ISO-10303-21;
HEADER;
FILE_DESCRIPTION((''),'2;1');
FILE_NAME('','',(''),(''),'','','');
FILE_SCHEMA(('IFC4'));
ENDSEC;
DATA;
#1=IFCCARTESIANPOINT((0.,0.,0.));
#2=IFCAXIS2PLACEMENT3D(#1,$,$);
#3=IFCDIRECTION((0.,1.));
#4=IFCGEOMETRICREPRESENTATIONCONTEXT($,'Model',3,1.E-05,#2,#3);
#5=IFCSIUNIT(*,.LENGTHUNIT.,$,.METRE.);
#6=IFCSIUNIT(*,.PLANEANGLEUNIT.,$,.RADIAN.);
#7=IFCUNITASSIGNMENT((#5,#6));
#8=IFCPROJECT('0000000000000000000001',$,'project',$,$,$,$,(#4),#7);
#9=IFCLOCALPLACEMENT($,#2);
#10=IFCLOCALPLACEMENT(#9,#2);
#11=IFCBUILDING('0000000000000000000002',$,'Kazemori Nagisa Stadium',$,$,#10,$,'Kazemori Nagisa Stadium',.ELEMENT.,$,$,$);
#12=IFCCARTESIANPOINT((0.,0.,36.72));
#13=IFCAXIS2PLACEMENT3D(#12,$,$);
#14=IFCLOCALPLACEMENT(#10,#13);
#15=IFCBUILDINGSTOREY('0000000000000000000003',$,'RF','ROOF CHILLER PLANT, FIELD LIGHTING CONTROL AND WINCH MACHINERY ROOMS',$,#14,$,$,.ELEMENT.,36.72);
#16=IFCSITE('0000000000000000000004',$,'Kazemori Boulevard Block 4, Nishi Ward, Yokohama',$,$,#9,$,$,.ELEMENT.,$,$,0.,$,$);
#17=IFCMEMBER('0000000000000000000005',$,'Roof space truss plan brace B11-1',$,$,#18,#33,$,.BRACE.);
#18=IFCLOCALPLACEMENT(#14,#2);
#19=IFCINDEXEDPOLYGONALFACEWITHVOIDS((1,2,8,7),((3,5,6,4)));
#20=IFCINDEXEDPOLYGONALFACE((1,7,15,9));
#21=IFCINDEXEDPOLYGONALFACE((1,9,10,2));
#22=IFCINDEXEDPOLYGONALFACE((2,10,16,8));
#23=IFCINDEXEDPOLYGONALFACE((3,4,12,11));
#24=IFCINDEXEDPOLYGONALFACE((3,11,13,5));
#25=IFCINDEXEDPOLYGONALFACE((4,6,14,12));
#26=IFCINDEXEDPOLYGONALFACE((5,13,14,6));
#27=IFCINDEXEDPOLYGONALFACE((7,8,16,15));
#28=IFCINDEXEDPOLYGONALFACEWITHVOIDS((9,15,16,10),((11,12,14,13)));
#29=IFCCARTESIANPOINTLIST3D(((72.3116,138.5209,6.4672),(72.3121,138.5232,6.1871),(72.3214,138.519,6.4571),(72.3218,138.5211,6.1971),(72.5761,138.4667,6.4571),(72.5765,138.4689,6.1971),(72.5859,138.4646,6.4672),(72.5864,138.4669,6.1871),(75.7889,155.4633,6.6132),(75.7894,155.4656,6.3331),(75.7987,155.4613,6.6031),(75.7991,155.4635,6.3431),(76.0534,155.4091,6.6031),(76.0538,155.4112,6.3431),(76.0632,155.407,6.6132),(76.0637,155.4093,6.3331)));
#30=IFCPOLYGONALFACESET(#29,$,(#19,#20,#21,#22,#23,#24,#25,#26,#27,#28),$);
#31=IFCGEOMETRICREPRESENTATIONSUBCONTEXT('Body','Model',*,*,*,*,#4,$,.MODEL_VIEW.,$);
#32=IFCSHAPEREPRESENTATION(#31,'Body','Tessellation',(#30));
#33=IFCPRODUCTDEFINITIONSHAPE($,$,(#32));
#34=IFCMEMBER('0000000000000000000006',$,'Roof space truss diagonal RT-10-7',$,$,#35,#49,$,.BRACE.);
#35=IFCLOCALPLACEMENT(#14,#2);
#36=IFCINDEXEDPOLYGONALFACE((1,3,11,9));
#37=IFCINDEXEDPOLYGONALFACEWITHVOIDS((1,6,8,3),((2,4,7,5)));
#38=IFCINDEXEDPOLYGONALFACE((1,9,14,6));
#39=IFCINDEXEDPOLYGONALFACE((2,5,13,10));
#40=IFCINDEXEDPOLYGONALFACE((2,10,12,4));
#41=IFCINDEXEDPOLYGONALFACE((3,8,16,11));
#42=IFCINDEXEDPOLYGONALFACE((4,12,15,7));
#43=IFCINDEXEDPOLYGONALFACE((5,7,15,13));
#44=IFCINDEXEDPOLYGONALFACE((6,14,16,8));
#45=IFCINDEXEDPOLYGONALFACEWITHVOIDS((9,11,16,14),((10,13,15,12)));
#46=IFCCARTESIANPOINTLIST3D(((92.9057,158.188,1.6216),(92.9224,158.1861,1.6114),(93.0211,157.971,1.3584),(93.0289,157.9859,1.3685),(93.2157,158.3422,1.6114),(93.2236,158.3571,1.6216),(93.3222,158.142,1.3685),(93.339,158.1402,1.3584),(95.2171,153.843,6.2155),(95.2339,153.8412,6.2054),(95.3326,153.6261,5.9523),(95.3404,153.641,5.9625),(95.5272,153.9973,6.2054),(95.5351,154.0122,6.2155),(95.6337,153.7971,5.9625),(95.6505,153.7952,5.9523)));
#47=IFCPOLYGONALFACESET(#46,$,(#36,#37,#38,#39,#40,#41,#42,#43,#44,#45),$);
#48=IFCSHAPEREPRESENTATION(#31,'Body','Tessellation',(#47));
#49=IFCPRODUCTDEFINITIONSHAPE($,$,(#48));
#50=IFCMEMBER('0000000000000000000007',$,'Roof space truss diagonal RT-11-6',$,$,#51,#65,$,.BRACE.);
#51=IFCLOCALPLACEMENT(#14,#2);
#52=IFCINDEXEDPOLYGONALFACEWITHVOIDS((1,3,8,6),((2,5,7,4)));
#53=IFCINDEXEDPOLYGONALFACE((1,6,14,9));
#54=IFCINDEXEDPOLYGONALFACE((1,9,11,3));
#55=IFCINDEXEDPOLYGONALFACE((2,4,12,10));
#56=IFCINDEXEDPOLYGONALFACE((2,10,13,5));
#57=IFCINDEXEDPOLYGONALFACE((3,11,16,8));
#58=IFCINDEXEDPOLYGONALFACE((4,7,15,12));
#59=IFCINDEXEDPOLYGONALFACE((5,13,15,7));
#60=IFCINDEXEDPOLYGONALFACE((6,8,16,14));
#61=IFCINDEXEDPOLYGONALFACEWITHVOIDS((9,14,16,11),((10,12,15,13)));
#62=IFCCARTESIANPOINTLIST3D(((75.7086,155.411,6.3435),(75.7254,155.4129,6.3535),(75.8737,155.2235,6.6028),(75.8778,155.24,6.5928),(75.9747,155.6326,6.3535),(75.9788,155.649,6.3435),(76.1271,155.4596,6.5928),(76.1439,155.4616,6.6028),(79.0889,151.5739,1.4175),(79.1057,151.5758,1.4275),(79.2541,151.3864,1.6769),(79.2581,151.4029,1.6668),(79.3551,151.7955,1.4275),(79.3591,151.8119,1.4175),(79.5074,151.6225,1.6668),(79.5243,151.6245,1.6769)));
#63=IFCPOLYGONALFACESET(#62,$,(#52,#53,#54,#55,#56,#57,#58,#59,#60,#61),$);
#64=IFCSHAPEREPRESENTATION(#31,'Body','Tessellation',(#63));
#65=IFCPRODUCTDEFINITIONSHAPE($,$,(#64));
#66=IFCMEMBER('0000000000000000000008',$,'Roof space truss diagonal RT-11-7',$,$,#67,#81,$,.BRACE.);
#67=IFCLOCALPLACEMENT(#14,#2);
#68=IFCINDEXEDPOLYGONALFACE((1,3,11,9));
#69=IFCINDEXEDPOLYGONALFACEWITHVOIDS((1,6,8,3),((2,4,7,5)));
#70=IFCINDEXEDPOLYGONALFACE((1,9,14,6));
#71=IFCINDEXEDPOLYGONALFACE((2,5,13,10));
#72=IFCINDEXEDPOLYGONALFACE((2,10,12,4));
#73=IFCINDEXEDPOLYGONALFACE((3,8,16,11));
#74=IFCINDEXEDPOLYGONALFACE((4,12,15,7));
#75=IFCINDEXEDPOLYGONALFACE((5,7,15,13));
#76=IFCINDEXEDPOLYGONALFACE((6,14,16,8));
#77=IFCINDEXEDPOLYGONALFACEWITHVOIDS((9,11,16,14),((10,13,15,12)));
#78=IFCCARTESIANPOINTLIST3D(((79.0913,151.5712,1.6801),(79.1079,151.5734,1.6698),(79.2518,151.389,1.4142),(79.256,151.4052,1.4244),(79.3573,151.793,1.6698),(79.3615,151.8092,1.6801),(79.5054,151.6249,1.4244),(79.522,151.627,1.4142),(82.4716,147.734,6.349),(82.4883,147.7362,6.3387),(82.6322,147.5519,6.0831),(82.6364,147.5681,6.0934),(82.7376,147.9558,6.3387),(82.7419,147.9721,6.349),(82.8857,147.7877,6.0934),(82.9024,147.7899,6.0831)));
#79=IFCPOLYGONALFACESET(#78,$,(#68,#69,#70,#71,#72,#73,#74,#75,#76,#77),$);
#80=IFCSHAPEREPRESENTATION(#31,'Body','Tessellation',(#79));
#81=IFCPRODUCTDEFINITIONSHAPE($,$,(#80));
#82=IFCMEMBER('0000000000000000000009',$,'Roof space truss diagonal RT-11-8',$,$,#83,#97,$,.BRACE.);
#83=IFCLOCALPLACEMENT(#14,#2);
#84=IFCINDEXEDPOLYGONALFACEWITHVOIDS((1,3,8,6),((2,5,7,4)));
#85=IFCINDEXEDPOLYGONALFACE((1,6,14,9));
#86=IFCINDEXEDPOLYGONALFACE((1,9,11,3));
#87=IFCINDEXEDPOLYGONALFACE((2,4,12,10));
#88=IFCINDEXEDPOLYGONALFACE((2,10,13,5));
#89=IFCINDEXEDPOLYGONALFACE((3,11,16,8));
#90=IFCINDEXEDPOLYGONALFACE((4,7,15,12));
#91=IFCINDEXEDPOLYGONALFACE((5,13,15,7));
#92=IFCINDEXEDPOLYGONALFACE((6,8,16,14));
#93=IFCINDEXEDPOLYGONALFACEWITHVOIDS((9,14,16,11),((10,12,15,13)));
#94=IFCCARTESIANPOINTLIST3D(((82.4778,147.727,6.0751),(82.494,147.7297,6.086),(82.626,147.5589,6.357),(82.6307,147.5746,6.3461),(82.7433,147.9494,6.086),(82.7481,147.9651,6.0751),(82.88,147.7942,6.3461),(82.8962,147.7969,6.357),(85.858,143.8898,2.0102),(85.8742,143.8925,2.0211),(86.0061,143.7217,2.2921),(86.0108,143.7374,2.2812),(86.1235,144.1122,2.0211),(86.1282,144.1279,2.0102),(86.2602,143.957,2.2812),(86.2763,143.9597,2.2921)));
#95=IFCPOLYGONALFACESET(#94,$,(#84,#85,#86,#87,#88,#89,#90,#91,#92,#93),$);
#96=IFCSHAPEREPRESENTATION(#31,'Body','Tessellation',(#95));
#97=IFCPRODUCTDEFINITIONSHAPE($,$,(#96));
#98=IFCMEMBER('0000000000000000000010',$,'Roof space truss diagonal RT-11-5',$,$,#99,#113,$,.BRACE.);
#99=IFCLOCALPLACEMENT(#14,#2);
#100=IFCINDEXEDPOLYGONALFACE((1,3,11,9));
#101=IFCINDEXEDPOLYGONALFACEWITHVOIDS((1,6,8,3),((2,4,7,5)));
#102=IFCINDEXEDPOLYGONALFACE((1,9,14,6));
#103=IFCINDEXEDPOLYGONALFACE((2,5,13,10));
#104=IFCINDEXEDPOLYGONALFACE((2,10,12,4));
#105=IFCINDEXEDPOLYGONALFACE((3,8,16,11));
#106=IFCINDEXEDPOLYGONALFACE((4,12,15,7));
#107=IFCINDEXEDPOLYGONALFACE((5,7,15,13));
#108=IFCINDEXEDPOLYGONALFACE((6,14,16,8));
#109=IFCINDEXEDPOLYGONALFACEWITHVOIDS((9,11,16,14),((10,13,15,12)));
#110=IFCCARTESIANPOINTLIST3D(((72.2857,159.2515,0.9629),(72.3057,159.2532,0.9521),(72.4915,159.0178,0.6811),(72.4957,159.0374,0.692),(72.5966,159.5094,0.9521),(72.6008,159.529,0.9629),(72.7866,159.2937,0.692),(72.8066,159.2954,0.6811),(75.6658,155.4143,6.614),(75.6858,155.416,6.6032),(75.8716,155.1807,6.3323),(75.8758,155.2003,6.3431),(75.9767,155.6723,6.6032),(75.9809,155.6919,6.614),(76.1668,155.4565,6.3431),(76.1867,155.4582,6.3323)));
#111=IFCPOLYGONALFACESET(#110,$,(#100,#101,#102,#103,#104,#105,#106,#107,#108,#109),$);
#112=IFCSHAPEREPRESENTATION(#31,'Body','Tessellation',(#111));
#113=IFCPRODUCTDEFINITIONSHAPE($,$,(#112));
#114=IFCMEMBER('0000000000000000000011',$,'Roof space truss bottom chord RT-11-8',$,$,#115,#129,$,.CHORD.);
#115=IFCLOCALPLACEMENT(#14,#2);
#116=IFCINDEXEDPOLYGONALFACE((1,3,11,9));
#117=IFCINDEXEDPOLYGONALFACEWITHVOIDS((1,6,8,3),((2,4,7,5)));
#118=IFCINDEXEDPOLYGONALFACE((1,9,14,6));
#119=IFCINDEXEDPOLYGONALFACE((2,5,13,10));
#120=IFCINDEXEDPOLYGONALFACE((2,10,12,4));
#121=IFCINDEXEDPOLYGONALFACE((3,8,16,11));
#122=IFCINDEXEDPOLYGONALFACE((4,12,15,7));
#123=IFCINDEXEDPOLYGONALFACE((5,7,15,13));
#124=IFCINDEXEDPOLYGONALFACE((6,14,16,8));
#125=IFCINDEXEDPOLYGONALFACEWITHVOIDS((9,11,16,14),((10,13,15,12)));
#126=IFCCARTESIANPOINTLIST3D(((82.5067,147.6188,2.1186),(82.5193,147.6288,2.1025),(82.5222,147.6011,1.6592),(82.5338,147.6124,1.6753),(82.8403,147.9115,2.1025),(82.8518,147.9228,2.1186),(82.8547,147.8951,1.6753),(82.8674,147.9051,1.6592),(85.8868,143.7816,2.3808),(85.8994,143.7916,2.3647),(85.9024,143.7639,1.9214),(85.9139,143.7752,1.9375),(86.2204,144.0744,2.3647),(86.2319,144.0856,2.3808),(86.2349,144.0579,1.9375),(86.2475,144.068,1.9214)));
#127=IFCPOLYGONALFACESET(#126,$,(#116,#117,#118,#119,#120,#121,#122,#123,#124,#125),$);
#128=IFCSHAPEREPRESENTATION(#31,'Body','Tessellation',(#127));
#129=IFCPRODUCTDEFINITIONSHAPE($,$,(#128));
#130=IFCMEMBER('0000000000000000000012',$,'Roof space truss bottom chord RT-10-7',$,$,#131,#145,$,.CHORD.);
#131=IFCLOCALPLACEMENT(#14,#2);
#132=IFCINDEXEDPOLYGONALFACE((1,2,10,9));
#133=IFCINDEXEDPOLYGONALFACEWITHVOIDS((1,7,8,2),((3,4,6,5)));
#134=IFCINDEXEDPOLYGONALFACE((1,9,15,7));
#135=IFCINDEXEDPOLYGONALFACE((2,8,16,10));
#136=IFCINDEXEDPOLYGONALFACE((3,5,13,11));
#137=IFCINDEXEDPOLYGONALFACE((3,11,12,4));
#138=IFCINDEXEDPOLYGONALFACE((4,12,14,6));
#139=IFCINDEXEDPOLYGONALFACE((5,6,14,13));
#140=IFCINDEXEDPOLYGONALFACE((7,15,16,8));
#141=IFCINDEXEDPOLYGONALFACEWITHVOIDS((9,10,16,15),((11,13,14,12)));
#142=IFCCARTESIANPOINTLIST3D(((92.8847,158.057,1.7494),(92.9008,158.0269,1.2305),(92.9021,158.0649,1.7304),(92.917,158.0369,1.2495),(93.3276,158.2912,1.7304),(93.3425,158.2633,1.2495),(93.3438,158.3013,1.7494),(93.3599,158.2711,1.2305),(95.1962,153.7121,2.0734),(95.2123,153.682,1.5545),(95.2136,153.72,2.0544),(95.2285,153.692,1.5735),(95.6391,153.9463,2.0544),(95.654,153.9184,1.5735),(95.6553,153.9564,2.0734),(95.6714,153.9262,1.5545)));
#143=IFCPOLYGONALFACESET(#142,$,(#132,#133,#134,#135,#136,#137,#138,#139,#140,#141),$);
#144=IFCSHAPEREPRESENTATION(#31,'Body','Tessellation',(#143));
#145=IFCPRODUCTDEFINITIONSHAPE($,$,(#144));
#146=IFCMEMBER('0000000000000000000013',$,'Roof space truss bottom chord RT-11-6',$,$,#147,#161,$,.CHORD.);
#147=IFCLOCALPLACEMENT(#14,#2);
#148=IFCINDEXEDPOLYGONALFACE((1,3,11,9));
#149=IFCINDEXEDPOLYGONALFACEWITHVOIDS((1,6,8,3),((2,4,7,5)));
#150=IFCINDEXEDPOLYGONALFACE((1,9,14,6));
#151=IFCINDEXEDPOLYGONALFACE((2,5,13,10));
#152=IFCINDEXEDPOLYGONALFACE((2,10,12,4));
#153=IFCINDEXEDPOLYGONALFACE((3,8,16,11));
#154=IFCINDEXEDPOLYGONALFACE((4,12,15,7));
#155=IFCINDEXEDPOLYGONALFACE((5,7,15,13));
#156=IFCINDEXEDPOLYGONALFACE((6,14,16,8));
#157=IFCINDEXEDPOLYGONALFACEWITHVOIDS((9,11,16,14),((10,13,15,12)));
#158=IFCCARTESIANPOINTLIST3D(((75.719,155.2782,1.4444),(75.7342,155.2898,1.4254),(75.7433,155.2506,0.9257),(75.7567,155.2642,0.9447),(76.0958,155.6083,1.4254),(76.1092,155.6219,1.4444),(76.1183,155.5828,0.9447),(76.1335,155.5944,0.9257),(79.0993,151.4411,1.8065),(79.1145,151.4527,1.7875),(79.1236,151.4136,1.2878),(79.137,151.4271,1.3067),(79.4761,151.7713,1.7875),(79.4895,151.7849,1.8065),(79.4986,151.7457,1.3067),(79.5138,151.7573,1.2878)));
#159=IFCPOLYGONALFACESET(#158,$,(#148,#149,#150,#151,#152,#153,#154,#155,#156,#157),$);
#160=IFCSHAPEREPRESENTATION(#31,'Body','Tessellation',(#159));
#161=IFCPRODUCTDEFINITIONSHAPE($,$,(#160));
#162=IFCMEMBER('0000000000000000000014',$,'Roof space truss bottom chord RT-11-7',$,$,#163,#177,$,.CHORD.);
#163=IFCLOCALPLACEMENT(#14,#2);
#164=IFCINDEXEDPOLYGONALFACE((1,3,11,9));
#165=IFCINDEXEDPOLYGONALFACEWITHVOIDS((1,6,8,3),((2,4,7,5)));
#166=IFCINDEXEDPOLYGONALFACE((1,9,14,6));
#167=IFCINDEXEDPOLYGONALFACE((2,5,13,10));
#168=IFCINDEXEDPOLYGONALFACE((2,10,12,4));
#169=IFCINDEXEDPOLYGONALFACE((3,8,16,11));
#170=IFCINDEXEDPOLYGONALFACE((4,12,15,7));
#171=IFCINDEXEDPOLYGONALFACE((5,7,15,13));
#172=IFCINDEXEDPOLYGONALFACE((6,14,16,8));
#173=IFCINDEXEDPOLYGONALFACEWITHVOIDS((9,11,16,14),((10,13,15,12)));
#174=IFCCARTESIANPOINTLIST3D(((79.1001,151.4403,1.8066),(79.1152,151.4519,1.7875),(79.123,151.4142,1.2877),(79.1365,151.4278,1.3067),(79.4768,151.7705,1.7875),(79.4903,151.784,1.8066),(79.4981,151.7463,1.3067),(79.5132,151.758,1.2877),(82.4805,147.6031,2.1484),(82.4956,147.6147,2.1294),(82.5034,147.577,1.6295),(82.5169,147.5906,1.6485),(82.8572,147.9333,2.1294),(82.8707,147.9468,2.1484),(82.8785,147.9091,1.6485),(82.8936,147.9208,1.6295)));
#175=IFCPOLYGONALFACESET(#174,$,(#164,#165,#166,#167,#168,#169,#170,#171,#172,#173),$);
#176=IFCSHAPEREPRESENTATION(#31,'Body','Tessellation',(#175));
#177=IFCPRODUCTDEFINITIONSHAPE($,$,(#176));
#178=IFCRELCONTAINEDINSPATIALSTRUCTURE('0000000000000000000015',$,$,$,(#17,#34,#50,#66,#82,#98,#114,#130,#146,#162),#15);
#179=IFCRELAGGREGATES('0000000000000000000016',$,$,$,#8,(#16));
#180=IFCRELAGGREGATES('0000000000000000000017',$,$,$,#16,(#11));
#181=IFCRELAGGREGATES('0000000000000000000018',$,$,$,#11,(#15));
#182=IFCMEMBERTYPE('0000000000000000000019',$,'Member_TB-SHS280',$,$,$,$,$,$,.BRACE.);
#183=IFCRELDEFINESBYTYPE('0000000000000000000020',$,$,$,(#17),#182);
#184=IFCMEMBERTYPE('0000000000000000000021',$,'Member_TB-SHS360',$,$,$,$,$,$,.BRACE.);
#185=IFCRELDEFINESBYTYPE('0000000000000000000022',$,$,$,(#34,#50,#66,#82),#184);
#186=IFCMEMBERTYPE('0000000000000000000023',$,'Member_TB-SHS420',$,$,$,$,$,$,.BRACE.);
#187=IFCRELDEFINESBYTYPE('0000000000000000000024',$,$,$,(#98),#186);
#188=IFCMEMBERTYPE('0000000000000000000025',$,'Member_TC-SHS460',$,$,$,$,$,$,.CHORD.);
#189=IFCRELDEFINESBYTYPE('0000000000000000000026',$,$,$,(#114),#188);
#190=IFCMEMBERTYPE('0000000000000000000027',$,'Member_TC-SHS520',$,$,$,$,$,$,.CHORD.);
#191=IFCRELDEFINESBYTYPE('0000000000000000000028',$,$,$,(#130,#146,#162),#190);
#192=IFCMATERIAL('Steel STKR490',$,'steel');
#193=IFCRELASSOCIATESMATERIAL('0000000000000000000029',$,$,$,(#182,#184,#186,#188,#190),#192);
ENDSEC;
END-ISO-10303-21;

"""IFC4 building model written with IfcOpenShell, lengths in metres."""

from ifc_helpers import new_model, si_unit, direction, frame, origin, origin_2d, place, context, subcontext, project, spatial, hollow_rectangle, extrude, material, material_profile, profile_set, type_object, element, save


model = new_model("IFC4")

# Units and contexts
model_context = context("Model", 3, precision=1e-05, world=origin(), true_north=direction((0.0, 1.0)))
body_context = subcontext(model_context, "Body", "Model", "MODEL_VIEW")
ifc_project = project(units=[si_unit("LENGTHUNIT", "METRE"), si_unit("PLANEANGLEUNIT", "RADIAN")], contexts=[model_context])

# Site, building, storey
site_placement = place(None, origin())
site = spatial("IfcSite", under=ifc_project, at=site_placement, Name="Kazemori Boulevard Block 4, Nishi Ward, Yokohama", CompositionType="ELEMENT", RefElevation=0.0)
building_placement = place(site_placement, origin())
building = spatial("IfcBuilding", under=site, at=building_placement, Name="Kazemori Nagisa Stadium", LongName="Kazemori Nagisa Stadium", CompositionType="ELEMENT")
storey_placement = place(building_placement, frame((0.0, 0.0, 36.72)))
storey = spatial("IfcBuildingStorey", under=building, at=storey_placement, Name="RF", Description="ROOF CHILLER PLANT, FIELD LIGHTING CONTROL AND WINCH MACHINERY ROOMS", CompositionType="ELEMENT", Elevation=36.72)

# Members
ifc_material_1 = material(Name="Steel STKR490", Category="steel")
ifc_material_profile_1 = material_profile(ifc_material_1, hollow_rectangle(XDim=0.28, YDim=0.28, WallThickness=0.01, at=origin_2d()), Name="SHS-280x280x10")
ifc_profile_set_1 = profile_set([ifc_material_profile_1], Name="Steel STKR490")
member_type_1 = type_object("IfcMemberType", Name="Member_TB-SHS280", PredefinedType="BRACE", material=ifc_profile_set_1)
member_1_placement = place(storey_placement, frame((75.9263, 155.4363, 6.4731), z_axis=(-0.201044, -0.979546, -0.008441), x_axis=(0.979581, -0.201051, 0.0)))
element("IfcMember", 1, at=member_1_placement, inside=storey, type_object=member_type_1, Name="Roof space truss plan brace B11-1", PredefinedType="BRACE", context=body_context, shape_type="SweptSolid", body=[
    extrude(hollow_rectangle(XDim=0.28, YDim=0.28, WallThickness=0.01, at=origin_2d()), origin(), (0.0, 0.0, 1.0), 17.2961),
])
ifc_material_profile_2 = material_profile(ifc_material_1, hollow_rectangle(XDim=0.3601, YDim=0.3601, WallThickness=0.0139, at=origin_2d()), Name="SHS-360x360x14")
ifc_profile_set_2 = profile_set([ifc_material_profile_2], Name="Steel STKR490")
member_type_2 = type_object("IfcMemberType", Name="Member_TB-SHS360", PredefinedType="BRACE", material=ifc_profile_set_2)
member_2_placement = place(storey_placement, frame((93.1223, 158.1641, 1.49), z_axis=(0.343338, -0.645372, 0.68236), x_axis=(0.882841, 0.469671, 0.0)))
element("IfcMember", 2, at=member_2_placement, inside=storey, type_object=member_type_2, Name="Roof space truss diagonal RT-10-7", PredefinedType="BRACE", context=body_context, shape_type="SweptSolid", body=[
    extrude(hollow_rectangle(XDim=0.3601, YDim=0.3601, WallThickness=0.0139, at=origin_2d()), origin(), (0.0, 0.0, 1.0), 6.7324),
])
member_3_placement = place(storey_placement, frame((75.9263, 155.4363, 6.4731), z_axis=(0.476078, -0.54041, -0.693762), x_axis=(0.750357, 0.661032, 0.0)))
element("IfcMember", 3, at=member_3_placement, inside=storey, type_object=member_type_2, Name="Roof space truss diagonal RT-11-6", PredefinedType="BRACE", context=body_context, shape_type="SweptSolid", body=[
    extrude(hollow_rectangle(XDim=0.3601, YDim=0.3601, WallThickness=0.0139, at=origin_2d()), origin(), (0.0, 0.0, 1.0), 7.1003),
])
member_4_placement = place(storey_placement, frame((79.3066, 151.5991, 1.5471), z_axis=(0.48817, -0.554136, 0.674257), x_axis=(0.750357, 0.661032, 0.0)))
element("IfcMember", 4, at=member_4_placement, inside=storey, type_object=member_type_2, Name="Roof space truss diagonal RT-11-7", PredefinedType="BRACE", context=body_context, shape_type="SweptSolid", body=[
    extrude(hollow_rectangle(XDim=0.3601, YDim=0.3601, WallThickness=0.0139, at=origin_2d()), origin(), (0.0, 0.0, 1.0), 6.9246),
])
member_5_placement = place(storey_placement, frame((82.687, 147.762, 6.2161), z_axis=(0.517437, -0.5874, -0.62227), x_axis=(0.750381, 0.661006, 0.0)))
element("IfcMember", 5, at=member_5_placement, inside=storey, type_object=member_type_2, Name="Roof space truss diagonal RT-11-8", PredefinedType="BRACE", context=body_context, shape_type="SweptSolid", body=[
    extrude(hollow_rectangle(XDim=0.3601, YDim=0.3601, WallThickness=0.0139, at=origin_2d()), origin(), (0.0, 0.0, 1.0), 6.5325),
])
ifc_material_profile_3 = material_profile(ifc_material_1, hollow_rectangle(XDim=0.4199, YDim=0.4199, WallThickness=0.0161, at=origin_2d()), Name="SHS-420x420x16")
ifc_profile_set_3 = profile_set([ifc_material_profile_3], Name="Steel STKR490")
member_type_3 = type_object("IfcMemberType", Name="Member_TB-SHS420", PredefinedType="BRACE", material=ifc_profile_set_3)
member_6_placement = place(storey_placement, frame((72.5461, 159.2734, 0.822), z_axis=(0.44351, -0.503478, 0.741491), x_axis=(0.750381, 0.661006, 0.0)))
element("IfcMember", 6, at=member_6_placement, inside=storey, type_object=member_type_3, Name="Roof space truss diagonal RT-11-5", PredefinedType="BRACE", context=body_context, shape_type="SweptSolid", body=[
    extrude(hollow_rectangle(XDim=0.4199, YDim=0.4199, WallThickness=0.0161, at=origin_2d()), origin(), (0.0, 0.0, 1.0), 7.6213),
])
ifc_material_profile_4 = material_profile(ifc_material_1, hollow_rectangle(XDim=0.46, YDim=0.46, WallThickness=0.0161, at=origin_2d()), Name="SHS-460x460x16")
ifc_profile_set_4 = profile_set([ifc_material_profile_4], Name="Steel STKR490")
member_type_4 = type_object("IfcMemberType", Name="Member_TC-SHS460", PredefinedType="CHORD", material=ifc_profile_set_4)
member_7_placement = place(storey_placement, frame((82.687, 147.762, 1.8889), z_axis=(0.660138, -0.749396, 0.051209), x_axis=(0.750381, 0.661006, 0.0)))
element("IfcMember", 7, at=member_7_placement, inside=storey, type_object=member_type_4, Name="Roof space truss bottom chord RT-11-8", PredefinedType="CHORD", context=body_context, shape_type="SweptSolid", body=[
    extrude(hollow_rectangle(XDim=0.46, YDim=0.46, WallThickness=0.0161, at=origin_2d()), origin(), (0.0, 0.0, 1.0), 5.1204),
])
ifc_material_profile_5 = material_profile(ifc_material_1, hollow_rectangle(XDim=0.52, YDim=0.52, WallThickness=0.019, at=origin_2d()), Name="SHS-520x520x19")
ifc_profile_set_5 = profile_set([ifc_material_profile_5], Name="Steel STKR490")
member_type_5 = type_object("IfcMemberType", Name="Member_TC-SHS520", PredefinedType="CHORD", material=ifc_profile_set_5)
member_8_placement = place(storey_placement, frame((93.1223, 158.1641, 1.49), z_axis=(0.468657, -0.880935, 0.065685), x_axis=(0.882841, 0.469671, 0.0)))
element("IfcMember", 8, at=member_8_placement, inside=storey, type_object=member_type_5, Name="Roof space truss bottom chord RT-10-7", PredefinedType="CHORD", context=body_context, shape_type="SweptSolid", body=[
    extrude(hollow_rectangle(XDim=0.52, YDim=0.52, WallThickness=0.019, at=origin_2d()), origin(), (0.0, 0.0, 1.0), 4.9321),
])
member_9_placement = place(storey_placement, frame((75.9263, 155.4363, 1.1851), z_axis=(0.659382, -0.748484, 0.070624), x_axis=(0.750357, 0.661032, 0.0)))
element("IfcMember", 9, at=member_9_placement, inside=storey, type_object=member_type_5, Name="Roof space truss bottom chord RT-11-6", PredefinedType="CHORD", context=body_context, shape_type="SweptSolid", body=[
    extrude(hollow_rectangle(XDim=0.52, YDim=0.52, WallThickness=0.019, at=origin_2d()), origin(), (0.0, 0.0, 1.0), 5.1265),
])
member_10_placement = place(storey_placement, frame((79.3066, 151.5991, 1.5471), z_axis=(0.659561, -0.748687, 0.06669), x_axis=(0.750357, 0.661032, 0.0)))
element("IfcMember", 10, at=member_10_placement, inside=storey, type_object=member_type_5, Name="Roof space truss bottom chord RT-11-7", PredefinedType="CHORD", context=body_context, shape_type="SweptSolid", body=[
    extrude(hollow_rectangle(XDim=0.52, YDim=0.52, WallThickness=0.019, at=origin_2d()), origin(), (0.0, 0.0, 1.0), 5.1252),
])

save(model, "model.ifc")
